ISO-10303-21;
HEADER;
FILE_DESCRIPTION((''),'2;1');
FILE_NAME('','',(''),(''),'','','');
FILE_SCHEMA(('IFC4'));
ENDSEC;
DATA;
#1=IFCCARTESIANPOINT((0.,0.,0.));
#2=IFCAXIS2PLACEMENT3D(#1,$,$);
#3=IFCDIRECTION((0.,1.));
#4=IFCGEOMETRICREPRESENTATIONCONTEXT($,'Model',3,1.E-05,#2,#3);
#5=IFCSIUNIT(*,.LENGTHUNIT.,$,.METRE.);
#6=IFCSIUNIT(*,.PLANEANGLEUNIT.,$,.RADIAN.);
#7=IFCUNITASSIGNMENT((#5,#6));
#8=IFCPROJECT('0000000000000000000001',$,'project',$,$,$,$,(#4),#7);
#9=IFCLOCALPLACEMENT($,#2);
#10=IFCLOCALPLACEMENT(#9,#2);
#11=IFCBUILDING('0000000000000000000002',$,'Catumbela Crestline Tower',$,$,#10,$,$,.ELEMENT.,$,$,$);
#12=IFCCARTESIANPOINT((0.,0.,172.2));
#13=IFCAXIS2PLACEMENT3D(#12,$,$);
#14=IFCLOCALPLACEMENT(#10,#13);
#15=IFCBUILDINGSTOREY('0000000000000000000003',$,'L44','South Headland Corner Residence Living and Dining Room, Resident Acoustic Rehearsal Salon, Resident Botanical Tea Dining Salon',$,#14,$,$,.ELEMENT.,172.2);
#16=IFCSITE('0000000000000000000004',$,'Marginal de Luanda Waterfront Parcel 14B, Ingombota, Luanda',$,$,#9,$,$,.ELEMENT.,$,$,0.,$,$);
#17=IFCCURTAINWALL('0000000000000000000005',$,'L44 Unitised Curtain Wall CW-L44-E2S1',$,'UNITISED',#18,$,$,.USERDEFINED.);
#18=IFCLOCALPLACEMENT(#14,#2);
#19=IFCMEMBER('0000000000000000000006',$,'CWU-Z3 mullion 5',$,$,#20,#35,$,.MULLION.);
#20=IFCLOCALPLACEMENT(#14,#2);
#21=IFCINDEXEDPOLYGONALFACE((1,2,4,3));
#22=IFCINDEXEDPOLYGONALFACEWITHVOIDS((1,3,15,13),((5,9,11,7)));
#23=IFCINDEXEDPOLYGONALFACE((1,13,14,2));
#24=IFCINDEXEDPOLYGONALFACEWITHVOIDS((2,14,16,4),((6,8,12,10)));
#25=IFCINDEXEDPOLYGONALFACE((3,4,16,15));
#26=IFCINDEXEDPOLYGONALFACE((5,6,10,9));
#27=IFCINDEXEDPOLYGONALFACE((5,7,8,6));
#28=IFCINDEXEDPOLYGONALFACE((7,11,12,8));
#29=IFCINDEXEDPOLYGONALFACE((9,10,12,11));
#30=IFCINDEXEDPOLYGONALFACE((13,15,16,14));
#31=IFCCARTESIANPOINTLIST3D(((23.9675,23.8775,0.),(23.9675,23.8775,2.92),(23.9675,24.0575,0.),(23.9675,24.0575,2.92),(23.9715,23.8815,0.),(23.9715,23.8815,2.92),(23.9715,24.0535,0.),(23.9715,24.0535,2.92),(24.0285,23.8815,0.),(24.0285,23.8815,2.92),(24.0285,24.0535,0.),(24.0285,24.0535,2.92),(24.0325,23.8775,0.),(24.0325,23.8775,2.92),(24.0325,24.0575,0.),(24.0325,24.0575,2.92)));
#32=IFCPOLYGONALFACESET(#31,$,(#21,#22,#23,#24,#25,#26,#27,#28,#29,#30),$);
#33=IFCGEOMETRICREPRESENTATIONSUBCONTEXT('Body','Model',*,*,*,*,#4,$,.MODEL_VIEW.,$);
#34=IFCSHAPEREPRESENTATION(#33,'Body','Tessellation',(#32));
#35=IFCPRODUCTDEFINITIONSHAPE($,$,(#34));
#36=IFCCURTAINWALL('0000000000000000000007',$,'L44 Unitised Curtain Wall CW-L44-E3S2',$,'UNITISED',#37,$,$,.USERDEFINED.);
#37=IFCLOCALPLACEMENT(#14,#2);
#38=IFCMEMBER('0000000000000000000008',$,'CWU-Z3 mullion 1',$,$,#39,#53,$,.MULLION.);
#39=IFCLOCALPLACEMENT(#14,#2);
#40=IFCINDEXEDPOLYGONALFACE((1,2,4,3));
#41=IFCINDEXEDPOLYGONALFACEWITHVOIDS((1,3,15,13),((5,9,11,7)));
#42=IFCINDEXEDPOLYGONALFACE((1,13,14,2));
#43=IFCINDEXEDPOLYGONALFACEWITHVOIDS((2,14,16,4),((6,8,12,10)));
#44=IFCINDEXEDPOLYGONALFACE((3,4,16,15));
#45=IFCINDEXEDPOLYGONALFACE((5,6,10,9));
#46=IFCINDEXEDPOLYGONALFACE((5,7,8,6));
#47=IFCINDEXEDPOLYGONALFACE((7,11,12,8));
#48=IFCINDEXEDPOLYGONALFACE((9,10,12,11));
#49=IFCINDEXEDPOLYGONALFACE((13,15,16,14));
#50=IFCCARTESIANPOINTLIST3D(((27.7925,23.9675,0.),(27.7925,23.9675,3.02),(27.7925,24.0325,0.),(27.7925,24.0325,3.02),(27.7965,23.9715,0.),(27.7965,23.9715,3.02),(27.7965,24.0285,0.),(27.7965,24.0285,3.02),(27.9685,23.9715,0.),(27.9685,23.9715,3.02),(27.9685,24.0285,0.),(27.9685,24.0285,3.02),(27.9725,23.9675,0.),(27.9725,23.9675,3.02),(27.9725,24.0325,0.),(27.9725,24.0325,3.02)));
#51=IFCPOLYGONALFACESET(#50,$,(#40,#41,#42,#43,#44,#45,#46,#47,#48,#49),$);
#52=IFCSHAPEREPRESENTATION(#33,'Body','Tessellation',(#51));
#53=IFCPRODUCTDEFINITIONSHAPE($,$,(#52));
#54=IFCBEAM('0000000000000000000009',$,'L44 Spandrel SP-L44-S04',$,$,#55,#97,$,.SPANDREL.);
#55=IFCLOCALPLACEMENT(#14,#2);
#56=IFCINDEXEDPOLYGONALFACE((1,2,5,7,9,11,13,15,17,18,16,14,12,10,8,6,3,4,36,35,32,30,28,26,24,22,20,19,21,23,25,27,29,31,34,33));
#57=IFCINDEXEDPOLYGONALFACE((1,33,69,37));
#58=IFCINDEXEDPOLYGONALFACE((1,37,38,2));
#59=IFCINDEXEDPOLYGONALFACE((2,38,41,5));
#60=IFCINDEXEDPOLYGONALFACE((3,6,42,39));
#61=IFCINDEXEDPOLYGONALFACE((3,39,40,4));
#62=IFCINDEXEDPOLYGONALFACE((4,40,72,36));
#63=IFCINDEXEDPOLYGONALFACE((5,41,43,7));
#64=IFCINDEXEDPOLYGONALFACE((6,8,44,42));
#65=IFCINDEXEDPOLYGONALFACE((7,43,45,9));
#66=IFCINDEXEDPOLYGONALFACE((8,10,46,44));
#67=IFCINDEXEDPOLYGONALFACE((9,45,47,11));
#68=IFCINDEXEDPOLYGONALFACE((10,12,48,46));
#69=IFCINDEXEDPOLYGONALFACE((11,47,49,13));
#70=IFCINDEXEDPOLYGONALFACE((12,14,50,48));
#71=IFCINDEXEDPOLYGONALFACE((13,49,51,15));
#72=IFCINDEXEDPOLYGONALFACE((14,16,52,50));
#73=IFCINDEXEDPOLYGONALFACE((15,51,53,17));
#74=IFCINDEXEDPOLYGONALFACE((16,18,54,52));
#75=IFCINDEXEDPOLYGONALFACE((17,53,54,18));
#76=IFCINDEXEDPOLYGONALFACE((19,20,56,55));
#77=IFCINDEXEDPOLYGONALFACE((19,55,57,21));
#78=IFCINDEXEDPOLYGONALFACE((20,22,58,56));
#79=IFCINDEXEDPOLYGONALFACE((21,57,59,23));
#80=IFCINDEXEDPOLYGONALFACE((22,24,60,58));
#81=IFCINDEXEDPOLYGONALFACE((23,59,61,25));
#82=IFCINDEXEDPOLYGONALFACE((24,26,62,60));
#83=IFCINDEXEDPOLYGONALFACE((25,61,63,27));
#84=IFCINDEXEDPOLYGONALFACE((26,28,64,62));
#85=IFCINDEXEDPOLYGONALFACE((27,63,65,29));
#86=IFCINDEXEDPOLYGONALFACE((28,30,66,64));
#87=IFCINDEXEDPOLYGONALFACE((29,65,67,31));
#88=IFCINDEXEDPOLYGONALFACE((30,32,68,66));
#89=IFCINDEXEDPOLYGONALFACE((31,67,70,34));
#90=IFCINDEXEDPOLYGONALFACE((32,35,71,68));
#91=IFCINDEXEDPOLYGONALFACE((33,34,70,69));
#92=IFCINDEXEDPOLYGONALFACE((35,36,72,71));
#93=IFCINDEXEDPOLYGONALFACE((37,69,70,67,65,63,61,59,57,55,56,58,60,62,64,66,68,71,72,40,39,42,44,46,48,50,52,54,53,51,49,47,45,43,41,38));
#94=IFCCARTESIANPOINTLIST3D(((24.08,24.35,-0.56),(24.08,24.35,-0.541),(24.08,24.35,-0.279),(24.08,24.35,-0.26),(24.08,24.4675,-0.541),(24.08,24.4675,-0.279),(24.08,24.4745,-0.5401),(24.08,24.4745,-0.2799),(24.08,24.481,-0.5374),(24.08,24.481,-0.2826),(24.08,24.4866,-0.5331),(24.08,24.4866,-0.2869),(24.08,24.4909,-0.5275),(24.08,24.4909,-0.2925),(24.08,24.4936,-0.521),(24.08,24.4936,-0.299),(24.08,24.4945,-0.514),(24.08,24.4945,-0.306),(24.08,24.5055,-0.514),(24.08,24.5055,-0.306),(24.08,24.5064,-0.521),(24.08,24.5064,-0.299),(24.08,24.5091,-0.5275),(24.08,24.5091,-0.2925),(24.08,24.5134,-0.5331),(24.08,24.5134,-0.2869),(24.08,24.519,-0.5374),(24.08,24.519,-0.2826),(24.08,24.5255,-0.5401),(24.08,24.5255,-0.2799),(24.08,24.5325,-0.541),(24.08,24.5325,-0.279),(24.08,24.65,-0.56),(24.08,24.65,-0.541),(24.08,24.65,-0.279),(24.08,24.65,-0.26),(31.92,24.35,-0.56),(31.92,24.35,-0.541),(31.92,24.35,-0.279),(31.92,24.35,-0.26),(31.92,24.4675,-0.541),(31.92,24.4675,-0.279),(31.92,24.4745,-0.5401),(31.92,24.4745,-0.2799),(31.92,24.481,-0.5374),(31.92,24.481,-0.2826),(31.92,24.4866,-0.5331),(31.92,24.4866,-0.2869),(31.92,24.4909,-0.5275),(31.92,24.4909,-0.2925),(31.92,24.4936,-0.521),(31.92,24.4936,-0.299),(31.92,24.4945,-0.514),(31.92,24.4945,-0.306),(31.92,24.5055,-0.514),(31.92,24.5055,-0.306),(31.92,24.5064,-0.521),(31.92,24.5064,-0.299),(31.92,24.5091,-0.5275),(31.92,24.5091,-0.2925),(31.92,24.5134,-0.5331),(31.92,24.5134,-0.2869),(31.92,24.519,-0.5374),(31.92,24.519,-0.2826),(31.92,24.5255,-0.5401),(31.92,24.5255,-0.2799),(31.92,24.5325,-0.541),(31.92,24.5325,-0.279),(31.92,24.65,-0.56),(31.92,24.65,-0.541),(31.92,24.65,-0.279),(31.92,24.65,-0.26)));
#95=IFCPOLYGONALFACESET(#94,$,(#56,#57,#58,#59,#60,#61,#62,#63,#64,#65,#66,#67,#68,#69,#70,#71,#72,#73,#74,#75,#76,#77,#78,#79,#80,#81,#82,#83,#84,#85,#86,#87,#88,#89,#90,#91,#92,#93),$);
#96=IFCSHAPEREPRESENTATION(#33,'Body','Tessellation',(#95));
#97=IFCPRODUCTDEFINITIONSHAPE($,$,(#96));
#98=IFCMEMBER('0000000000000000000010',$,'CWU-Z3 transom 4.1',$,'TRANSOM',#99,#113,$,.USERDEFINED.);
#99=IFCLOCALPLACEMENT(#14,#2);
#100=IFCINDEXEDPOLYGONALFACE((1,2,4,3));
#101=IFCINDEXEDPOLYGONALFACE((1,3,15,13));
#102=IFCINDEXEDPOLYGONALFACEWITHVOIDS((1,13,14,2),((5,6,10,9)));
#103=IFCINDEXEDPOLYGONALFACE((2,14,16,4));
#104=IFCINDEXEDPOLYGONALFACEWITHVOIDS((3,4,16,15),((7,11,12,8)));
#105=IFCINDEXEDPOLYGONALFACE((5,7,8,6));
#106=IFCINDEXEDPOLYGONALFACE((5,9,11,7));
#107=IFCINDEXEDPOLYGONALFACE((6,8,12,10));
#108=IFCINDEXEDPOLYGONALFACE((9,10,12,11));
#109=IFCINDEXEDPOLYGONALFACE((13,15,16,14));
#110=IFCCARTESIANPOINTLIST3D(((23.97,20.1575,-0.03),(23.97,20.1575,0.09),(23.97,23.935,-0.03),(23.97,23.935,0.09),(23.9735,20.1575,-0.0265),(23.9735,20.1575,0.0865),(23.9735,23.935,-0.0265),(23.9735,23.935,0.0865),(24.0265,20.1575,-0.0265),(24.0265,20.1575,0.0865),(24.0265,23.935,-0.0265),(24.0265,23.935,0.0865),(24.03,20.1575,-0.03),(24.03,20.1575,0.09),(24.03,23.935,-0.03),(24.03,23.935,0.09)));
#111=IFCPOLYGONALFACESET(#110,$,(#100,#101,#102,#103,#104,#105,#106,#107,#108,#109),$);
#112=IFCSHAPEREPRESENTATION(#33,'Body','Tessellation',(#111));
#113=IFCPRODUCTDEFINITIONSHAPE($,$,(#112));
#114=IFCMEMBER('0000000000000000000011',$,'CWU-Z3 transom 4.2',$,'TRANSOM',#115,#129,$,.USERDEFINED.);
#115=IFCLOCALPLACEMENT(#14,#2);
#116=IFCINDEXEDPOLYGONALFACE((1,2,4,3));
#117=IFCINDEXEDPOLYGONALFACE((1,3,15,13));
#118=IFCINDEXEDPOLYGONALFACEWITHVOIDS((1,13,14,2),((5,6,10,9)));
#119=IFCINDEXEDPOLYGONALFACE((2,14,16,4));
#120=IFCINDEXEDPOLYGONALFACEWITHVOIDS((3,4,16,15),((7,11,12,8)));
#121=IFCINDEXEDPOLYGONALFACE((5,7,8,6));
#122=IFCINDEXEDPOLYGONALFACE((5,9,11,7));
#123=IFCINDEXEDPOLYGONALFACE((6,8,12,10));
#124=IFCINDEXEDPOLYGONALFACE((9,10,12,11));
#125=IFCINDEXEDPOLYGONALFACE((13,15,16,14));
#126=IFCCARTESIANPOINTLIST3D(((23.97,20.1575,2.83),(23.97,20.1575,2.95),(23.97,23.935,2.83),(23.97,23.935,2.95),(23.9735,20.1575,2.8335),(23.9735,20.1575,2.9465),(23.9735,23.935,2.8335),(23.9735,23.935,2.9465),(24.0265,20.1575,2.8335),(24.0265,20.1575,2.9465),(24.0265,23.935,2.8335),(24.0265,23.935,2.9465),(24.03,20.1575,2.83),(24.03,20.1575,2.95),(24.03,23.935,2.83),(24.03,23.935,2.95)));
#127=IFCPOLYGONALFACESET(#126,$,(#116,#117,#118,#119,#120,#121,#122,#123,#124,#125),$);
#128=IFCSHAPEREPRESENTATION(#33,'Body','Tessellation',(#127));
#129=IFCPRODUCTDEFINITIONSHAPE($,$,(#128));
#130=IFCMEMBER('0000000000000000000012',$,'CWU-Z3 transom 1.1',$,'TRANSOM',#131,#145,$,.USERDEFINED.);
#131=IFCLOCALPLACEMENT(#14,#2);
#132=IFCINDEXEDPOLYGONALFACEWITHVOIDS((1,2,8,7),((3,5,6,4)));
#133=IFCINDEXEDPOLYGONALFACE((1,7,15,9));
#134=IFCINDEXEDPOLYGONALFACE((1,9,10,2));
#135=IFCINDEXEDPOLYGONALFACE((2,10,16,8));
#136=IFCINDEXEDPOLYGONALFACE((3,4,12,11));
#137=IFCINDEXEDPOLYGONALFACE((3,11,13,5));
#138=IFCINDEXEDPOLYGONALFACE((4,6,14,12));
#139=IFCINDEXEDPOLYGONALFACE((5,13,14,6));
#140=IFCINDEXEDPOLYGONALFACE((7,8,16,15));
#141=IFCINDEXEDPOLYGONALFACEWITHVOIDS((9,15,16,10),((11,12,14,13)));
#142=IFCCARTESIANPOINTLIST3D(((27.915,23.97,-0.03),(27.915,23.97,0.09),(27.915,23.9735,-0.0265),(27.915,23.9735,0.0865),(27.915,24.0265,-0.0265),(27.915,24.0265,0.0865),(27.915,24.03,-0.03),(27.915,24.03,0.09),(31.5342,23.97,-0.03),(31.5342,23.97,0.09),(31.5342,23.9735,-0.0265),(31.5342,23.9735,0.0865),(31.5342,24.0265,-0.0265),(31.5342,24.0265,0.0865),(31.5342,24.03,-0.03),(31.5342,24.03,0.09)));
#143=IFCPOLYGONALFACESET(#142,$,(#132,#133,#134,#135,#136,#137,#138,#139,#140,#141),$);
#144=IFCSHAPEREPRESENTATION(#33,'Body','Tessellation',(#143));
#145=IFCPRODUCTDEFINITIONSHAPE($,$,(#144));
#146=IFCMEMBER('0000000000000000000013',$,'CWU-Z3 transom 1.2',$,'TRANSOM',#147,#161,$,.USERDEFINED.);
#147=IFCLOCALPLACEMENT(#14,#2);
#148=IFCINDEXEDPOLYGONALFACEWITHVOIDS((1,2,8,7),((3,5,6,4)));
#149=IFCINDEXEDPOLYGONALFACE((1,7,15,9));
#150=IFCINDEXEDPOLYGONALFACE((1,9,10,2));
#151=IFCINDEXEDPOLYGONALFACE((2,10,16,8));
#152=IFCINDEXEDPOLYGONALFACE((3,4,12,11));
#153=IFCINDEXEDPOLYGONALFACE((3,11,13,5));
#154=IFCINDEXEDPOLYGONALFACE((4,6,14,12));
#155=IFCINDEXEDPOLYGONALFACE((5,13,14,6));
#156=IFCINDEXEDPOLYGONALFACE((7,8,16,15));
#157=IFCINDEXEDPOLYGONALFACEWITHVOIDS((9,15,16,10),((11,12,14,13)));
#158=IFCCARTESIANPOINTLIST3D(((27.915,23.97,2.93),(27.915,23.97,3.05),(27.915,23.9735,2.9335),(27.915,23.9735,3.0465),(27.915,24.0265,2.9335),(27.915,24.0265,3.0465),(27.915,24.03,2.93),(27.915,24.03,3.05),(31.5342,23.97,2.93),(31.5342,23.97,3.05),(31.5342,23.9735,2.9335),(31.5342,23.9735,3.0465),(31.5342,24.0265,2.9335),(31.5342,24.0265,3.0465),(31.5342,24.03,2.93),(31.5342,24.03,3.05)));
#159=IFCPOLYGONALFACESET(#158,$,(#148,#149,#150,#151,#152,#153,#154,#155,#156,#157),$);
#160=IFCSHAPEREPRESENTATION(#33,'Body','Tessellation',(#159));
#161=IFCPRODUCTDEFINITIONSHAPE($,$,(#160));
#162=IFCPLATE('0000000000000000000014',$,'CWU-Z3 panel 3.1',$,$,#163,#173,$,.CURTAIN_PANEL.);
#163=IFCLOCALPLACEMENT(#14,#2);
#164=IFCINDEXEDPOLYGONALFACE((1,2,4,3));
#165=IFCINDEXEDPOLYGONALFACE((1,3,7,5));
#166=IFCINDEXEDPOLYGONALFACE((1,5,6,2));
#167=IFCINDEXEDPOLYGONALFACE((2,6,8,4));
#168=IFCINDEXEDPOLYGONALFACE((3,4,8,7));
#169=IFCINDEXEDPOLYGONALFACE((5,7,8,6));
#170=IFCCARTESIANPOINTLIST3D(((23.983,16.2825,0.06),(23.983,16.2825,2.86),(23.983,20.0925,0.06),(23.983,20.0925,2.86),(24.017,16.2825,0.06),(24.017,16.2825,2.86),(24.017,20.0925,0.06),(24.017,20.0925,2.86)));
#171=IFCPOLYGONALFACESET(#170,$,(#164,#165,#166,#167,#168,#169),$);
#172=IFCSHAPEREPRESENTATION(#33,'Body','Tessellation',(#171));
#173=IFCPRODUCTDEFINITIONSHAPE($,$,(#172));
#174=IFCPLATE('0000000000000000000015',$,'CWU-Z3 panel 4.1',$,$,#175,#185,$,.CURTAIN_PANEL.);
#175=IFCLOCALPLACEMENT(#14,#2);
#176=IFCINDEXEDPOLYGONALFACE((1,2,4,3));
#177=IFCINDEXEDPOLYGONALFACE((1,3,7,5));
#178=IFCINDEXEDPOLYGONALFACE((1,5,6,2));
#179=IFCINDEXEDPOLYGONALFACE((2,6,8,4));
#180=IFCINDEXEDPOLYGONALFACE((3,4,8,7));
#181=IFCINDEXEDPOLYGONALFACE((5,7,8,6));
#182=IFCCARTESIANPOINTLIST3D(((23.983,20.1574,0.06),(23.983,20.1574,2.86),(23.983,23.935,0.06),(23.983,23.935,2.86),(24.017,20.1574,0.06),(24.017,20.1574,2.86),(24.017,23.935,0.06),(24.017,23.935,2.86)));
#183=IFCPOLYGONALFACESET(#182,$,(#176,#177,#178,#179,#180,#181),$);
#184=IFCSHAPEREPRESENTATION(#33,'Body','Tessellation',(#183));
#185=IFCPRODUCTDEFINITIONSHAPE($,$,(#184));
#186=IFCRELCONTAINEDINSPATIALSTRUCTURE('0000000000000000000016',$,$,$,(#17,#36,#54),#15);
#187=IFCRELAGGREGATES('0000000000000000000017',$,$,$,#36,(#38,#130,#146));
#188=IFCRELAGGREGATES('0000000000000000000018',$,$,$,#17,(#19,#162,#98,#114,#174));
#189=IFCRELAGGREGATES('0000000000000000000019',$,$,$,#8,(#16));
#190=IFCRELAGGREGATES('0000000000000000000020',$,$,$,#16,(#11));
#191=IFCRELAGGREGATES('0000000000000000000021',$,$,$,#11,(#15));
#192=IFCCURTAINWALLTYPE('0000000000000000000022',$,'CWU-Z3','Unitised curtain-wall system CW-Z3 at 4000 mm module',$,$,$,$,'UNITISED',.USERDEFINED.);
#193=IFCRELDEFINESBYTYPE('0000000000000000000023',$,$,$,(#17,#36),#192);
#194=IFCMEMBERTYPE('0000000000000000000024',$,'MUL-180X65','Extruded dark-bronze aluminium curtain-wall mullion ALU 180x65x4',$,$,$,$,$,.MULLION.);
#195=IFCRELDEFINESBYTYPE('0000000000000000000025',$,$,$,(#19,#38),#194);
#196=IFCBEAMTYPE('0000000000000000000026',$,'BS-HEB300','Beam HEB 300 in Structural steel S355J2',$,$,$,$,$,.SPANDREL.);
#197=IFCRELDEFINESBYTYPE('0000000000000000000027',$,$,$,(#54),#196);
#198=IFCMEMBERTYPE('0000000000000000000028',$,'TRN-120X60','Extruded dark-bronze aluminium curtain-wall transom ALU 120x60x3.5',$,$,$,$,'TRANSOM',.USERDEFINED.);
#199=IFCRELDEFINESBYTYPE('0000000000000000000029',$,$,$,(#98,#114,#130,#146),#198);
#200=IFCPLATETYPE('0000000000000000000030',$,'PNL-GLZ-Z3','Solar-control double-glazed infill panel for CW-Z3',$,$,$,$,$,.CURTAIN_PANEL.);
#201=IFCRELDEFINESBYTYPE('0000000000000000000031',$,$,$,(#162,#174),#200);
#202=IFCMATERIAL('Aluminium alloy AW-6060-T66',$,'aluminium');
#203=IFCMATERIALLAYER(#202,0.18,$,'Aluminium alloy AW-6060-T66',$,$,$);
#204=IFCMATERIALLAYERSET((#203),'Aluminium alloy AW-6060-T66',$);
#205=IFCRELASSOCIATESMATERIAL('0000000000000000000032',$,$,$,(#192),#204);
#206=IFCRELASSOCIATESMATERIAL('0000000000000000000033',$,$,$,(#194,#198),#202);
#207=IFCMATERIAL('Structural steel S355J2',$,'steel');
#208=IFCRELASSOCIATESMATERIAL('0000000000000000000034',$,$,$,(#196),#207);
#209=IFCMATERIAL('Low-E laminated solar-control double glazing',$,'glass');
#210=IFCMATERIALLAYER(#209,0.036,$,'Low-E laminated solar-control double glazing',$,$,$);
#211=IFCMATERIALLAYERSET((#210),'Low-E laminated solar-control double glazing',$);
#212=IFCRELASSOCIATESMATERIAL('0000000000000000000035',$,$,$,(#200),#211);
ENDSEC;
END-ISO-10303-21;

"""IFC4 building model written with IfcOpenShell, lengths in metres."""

from ifc_helpers import new_model, si_unit, direction, frame, origin, origin_2d, place, context, subcontext, project, spatial, rectangle, hollow_rectangle, i_section, extrude, material, layer, layer_set, material_profile, profile_set, type_object, element, aggregate, save


model = new_model("IFC4")

# Units and contexts
model_context = context("Model", 3, precision=1e-05, world=origin(), true_north=direction((0.0, 1.0)))
body_context = subcontext(model_context, "Body", "Model", "MODEL_VIEW")
ifc_project = project(units=[si_unit("LENGTHUNIT", "METRE"), si_unit("PLANEANGLEUNIT", "RADIAN")], contexts=[model_context])

# Site, building, storey
site_placement = place(None, origin())
site = spatial("IfcSite", under=ifc_project, at=site_placement, Name="Marginal de Luanda Waterfront Parcel 14B, Ingombota, Luanda", CompositionType="ELEMENT", RefElevation=0.0)
building_placement = place(site_placement, origin())
building = spatial("IfcBuilding", under=site, at=building_placement, Name="Catumbela Crestline Tower", CompositionType="ELEMENT")
storey_placement = place(building_placement, frame((0.0, 0.0, 172.2)))
storey = spatial("IfcBuildingStorey", under=building, at=storey_placement, Name="L44", Description="South Headland Corner Residence Living and Dining Room, Resident Acoustic Rehearsal Salon, Resident Botanical Tea Dining Salon", CompositionType="ELEMENT", Elevation=172.2)

# Shared definitions
ifc_material_1 = material(Name="Structural steel S355J2", Category="steel")

# Curtain wall, member
ifc_material_2 = material(Name="Aluminium alloy AW-6060-T66", Category="aluminium")
ifc_layer_1 = layer(ifc_material_2, 0.18, Name="Aluminium alloy AW-6060-T66")
ifc_layer_set_1 = layer_set([ifc_layer_1], Name="Aluminium alloy AW-6060-T66")
curtain_wall_type = type_object("IfcCurtainWallType", Name="CWU-Z3", Description="Unitised curtain-wall system CW-Z3 at 4000 mm module", ElementType="UNITISED", PredefinedType="USERDEFINED", material=ifc_layer_set_1)
curtain_wall_1_placement = place(storey_placement, origin())
curtain_wall_1 = element("IfcCurtainWall", 1, at=curtain_wall_1_placement, inside=storey, type_object=curtain_wall_type, Name="L44 Unitised Curtain Wall CW-L44-E2S1", ObjectType="UNITISED", PredefinedType="USERDEFINED")
ifc_material_profile_1 = material_profile(ifc_material_2, hollow_rectangle(XDim=0.065, YDim=0.18, WallThickness=0.004, at=origin_2d()), Name="ALU 180x65x4")
ifc_profile_set_1 = profile_set([ifc_material_profile_1], Name="Aluminium alloy AW-6060-T66")
member_type_1 = type_object("IfcMemberType", Name="MUL-180X65", Description="Extruded dark-bronze aluminium curtain-wall mullion ALU 180x65x4", PredefinedType="MULLION", material=ifc_profile_set_1)
member_1_placement = place(storey_placement, frame((24.0, 23.9675, 0.0), z_axis=(0.0, 0.0, 1.0), x_axis=(-1.0, 0.0, 0.0)))
member_1 = element("IfcMember", 2, at=member_1_placement, type_object=member_type_1, Name="CWU-Z3 mullion 5", PredefinedType="MULLION", context=body_context, shape_type="SweptSolid", body=[
    extrude(hollow_rectangle(XDim=0.065, YDim=0.18, WallThickness=0.004, at=origin_2d()), origin(), (0.0, 0.0, 1.0), 2.92),
])

# Curtain wall, member
curtain_wall_2_placement = place(storey_placement, origin())
curtain_wall_2 = element("IfcCurtainWall", 3, at=curtain_wall_2_placement, inside=storey, type_object=curtain_wall_type, Name="L44 Unitised Curtain Wall CW-L44-E3S2", ObjectType="UNITISED", PredefinedType="USERDEFINED")
member_2_placement = place(storey_placement, frame((27.8825, 24.0, 0.0), z_axis=(0.0, 0.0, 1.0), x_axis=(0.0, 1.0, 0.0)))
member_2 = element("IfcMember", 4, at=member_2_placement, type_object=member_type_1, Name="CWU-Z3 mullion 1", PredefinedType="MULLION", context=body_context, shape_type="SweptSolid", body=[
    extrude(hollow_rectangle(XDim=0.065, YDim=0.18, WallThickness=0.004, at=origin_2d()), origin(), (0.0, 0.0, 1.0), 3.02),
])

# Beam
ifc_material_profile_2 = material_profile(ifc_material_1, i_section(OverallWidth=0.3, OverallDepth=0.3, WebThickness=0.011, FlangeThickness=0.019, FilletRadius=0.027, at=origin_2d()), Name="HEB 300")
ifc_profile_set_2 = profile_set([ifc_material_profile_2], Name="Structural steel S355J2")
beam_type_1 = type_object("IfcBeamType", Name="BS-HEB300", Description="Beam HEB 300 in Structural steel S355J2", PredefinedType="SPANDREL", material=ifc_profile_set_2)
beam_1_placement = place(storey_placement, frame((24.08, 24.5, -0.41), z_axis=(1.0, 0.0, 0.0), x_axis=(0.0, 1.0, 0.0)))
element("IfcBeam", 5, at=beam_1_placement, inside=storey, type_object=beam_type_1, Name="L44 Spandrel SP-L44-S04", PredefinedType="SPANDREL", context=body_context, shape_type="SweptSolid", body=[
    extrude(i_section(OverallWidth=0.3, OverallDepth=0.3, WebThickness=0.011, FlangeThickness=0.019, FilletRadius=0.027, at=origin_2d()), origin(), (0.0, 0.0, 1.0), 7.84),
])

# Members
ifc_material_profile_3 = material_profile(ifc_material_2, hollow_rectangle(XDim=0.06, YDim=0.12, WallThickness=0.0035, at=origin_2d()), Name="ALU 120x60x3.5")
ifc_profile_set_3 = profile_set([ifc_material_profile_3], Name="Aluminium alloy AW-6060-T66")
member_type_2 = type_object("IfcMemberType", Name="TRN-120X60", Description="Extruded dark-bronze aluminium curtain-wall transom ALU 120x60x3.5", ElementType="TRANSOM", PredefinedType="USERDEFINED", material=ifc_profile_set_3)
member_3_placement = place(storey_placement, frame((24.0, 20.1575, 0.03), z_axis=(0.0, 1.0, 0.0), x_axis=(-1.0, 0.0, 0.0)))
member_3 = element("IfcMember", 6, at=member_3_placement, type_object=member_type_2, Name="CWU-Z3 transom 4.1", ObjectType="TRANSOM", PredefinedType="USERDEFINED", context=body_context, shape_type="SweptSolid", body=[
    extrude(hollow_rectangle(XDim=0.06, YDim=0.12, WallThickness=0.0035, at=origin_2d()), origin(), (0.0, 0.0, 1.0), 3.7775),
])
member_4_placement = place(storey_placement, frame((24.0, 20.1575, 2.89), z_axis=(0.0, 1.0, 0.0), x_axis=(-1.0, 0.0, 0.0)))
member_4 = element("IfcMember", 7, at=member_4_placement, type_object=member_type_2, Name="CWU-Z3 transom 4.2", ObjectType="TRANSOM", PredefinedType="USERDEFINED", context=body_context, shape_type="SweptSolid", body=[
    extrude(hollow_rectangle(XDim=0.06, YDim=0.12, WallThickness=0.0035, at=origin_2d()), origin(), (0.0, 0.0, 1.0), 3.7775),
])
member_5_placement = place(storey_placement, frame((27.915, 24.0, 0.03), z_axis=(1.0, 0.0, 0.0), x_axis=(0.0, 1.0, 0.0)))
member_5 = element("IfcMember", 8, at=member_5_placement, type_object=member_type_2, Name="CWU-Z3 transom 1.1", ObjectType="TRANSOM", PredefinedType="USERDEFINED", context=body_context, shape_type="SweptSolid", body=[
    extrude(hollow_rectangle(XDim=0.06, YDim=0.12, WallThickness=0.0035, at=origin_2d()), origin(), (0.0, 0.0, 1.0), 3.6192),
])
member_6_placement = place(storey_placement, frame((27.915, 24.0, 2.99), z_axis=(1.0, 0.0, 0.0), x_axis=(0.0, 1.0, 0.0)))
member_6 = element("IfcMember", 9, at=member_6_placement, type_object=member_type_2, Name="CWU-Z3 transom 1.2", ObjectType="TRANSOM", PredefinedType="USERDEFINED", context=body_context, shape_type="SweptSolid", body=[
    extrude(hollow_rectangle(XDim=0.06, YDim=0.12, WallThickness=0.0035, at=origin_2d()), origin(), (0.0, 0.0, 1.0), 3.6192),
])
aggregate(curtain_wall_2, [member_2, member_5, member_6])

# Plates
ifc_material_3 = material(Name="Low-E laminated solar-control double glazing", Category="glass")
ifc_layer_2 = layer(ifc_material_3, 0.036, Name="Low-E laminated solar-control double glazing")
ifc_layer_set_2 = layer_set([ifc_layer_2], Name="Low-E laminated solar-control double glazing")
plate_type = type_object("IfcPlateType", Name="PNL-GLZ-Z3", Description="Solar-control double-glazed infill panel for CW-Z3", PredefinedType="CURTAIN_PANEL", material=ifc_layer_set_2)
plate_1_placement = place(storey_placement, frame((24.0, 18.1875, 0.06), z_axis=(0.0, 0.0, 1.0), x_axis=(0.0, 1.0, 0.0)))
plate_1 = element("IfcPlate", 10, at=plate_1_placement, type_object=plate_type, Name="CWU-Z3 panel 3.1", PredefinedType="CURTAIN_PANEL", context=body_context, shape_type="SweptSolid", body=[
    extrude(rectangle(XDim=3.81, YDim=0.034, at=origin_2d()), origin(), (0.0, 0.0, 1.0), 2.8),
])
plate_2_placement = place(storey_placement, frame((24.0, 22.0462, 0.06), z_axis=(0.0, 0.0, 1.0), x_axis=(0.0, 1.0, 0.0)))
plate_2 = element("IfcPlate", 11, at=plate_2_placement, type_object=plate_type, Name="CWU-Z3 panel 4.1", PredefinedType="CURTAIN_PANEL", context=body_context, shape_type="SweptSolid", body=[
    extrude(rectangle(XDim=3.7775, YDim=0.034, at=origin_2d()), origin(), (0.0, 0.0, 1.0), 2.8),
])
aggregate(curtain_wall_1, [member_1, plate_1, member_3, member_4, plate_2])

save(model, "model.ifc")
